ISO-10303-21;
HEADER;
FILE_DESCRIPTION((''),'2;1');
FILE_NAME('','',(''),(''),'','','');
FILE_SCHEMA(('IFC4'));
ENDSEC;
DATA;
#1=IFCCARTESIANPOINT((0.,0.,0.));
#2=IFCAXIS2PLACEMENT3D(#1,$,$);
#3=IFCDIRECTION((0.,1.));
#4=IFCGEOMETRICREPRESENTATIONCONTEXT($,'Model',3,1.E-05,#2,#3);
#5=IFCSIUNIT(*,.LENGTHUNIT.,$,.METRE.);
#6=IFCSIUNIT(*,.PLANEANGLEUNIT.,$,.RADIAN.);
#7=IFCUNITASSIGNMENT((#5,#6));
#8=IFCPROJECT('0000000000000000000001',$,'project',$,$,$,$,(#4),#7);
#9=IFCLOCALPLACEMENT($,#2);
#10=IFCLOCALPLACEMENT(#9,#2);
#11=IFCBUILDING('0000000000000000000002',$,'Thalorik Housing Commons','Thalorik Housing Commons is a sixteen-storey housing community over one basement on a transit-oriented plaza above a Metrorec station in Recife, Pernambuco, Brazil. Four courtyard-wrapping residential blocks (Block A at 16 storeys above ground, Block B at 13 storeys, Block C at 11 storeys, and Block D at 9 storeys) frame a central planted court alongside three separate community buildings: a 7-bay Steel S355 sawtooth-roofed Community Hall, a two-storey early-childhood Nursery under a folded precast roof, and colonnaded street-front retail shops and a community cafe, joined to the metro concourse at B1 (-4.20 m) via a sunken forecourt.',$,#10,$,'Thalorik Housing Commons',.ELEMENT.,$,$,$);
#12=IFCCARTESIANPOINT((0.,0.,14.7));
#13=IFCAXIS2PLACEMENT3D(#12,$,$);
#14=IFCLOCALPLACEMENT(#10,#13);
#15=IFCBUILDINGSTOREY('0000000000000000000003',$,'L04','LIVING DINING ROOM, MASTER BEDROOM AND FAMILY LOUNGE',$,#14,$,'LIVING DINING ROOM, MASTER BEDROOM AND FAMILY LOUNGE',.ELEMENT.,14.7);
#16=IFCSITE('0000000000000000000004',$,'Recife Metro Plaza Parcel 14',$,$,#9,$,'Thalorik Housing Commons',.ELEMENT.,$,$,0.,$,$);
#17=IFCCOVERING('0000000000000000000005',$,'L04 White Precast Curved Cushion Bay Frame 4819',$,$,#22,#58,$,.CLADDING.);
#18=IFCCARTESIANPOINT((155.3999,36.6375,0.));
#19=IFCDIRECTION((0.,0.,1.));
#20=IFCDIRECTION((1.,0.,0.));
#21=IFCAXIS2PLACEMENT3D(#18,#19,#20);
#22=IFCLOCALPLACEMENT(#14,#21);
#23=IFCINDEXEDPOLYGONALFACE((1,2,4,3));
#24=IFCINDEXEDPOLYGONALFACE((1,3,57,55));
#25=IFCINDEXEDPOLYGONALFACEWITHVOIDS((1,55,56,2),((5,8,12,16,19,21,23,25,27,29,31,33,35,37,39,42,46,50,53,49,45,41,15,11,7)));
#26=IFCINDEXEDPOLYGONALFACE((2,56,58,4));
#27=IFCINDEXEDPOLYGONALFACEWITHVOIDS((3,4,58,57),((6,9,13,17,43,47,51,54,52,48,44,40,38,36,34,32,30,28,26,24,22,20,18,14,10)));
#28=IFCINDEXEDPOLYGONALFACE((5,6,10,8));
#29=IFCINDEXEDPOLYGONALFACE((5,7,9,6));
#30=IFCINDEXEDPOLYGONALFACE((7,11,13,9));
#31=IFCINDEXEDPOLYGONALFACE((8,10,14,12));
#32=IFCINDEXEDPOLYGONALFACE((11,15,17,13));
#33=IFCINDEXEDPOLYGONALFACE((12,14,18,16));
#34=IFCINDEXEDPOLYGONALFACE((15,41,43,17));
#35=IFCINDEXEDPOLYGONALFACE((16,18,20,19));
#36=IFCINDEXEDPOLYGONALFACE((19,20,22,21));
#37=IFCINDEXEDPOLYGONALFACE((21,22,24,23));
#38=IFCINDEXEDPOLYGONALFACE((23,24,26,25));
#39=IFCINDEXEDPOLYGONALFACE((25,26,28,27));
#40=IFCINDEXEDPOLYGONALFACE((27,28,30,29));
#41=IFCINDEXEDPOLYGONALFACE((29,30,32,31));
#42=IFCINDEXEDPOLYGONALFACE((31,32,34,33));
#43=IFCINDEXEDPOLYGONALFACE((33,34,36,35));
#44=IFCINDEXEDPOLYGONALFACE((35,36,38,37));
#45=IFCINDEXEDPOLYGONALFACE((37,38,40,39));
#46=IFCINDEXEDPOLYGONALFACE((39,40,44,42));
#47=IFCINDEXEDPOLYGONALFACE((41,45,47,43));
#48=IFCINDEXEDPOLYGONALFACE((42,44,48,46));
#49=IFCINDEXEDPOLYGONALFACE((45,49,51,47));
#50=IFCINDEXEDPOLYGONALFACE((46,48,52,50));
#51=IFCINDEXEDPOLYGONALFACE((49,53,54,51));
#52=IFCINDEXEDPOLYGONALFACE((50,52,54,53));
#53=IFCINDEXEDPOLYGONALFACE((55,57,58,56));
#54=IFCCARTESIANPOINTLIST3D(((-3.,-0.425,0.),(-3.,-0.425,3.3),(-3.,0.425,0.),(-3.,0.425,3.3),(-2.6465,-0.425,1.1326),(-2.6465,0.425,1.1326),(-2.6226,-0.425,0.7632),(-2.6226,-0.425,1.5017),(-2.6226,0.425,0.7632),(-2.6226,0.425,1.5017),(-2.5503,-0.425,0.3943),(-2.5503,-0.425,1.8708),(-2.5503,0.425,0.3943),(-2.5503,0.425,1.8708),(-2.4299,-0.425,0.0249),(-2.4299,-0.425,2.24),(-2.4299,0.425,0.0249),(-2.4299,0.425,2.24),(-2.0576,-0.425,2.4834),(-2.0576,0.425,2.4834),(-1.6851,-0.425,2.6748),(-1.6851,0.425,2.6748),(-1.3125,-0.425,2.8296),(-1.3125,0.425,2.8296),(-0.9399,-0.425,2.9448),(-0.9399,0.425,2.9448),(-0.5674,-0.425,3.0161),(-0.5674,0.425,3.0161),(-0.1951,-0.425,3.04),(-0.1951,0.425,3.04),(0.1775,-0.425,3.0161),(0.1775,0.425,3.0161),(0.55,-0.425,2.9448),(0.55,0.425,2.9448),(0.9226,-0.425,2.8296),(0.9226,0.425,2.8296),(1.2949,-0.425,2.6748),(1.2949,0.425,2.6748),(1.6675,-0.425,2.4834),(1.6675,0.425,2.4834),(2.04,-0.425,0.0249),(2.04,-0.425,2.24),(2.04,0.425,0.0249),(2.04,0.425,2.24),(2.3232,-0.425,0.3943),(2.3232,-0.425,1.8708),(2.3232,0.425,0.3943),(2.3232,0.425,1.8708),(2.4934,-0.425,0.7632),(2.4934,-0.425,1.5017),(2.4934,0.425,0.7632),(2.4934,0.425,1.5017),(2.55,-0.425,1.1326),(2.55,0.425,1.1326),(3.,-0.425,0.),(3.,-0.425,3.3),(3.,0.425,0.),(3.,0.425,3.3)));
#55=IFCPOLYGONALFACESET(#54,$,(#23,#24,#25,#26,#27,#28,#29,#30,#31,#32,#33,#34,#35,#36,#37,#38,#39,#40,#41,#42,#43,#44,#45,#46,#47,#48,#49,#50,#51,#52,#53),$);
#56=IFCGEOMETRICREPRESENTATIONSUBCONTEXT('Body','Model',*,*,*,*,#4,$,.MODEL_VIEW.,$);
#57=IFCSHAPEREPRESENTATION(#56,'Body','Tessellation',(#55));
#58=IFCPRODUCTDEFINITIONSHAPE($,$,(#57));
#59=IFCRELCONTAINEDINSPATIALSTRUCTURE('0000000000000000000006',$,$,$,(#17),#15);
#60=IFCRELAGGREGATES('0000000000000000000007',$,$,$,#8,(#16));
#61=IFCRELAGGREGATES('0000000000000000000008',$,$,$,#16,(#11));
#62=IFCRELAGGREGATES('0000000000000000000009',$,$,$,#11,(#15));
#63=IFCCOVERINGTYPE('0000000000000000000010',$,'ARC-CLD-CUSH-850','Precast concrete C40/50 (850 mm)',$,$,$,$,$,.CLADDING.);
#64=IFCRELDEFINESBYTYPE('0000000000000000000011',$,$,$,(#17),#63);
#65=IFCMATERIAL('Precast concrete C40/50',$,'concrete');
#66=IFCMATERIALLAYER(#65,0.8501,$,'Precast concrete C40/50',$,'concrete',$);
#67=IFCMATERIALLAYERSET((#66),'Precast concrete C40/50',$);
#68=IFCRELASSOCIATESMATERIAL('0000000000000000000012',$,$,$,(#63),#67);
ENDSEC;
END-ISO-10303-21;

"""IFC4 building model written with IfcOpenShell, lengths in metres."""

from ifc_helpers import new_model, si_unit, direction, frame, origin, place, context, subcontext, project, spatial, polyline, outline, extrude, material, layer, layer_set, type_object, element, save


model = new_model("IFC4")

# Units and contexts
model_context = context("Model", 3, precision=1e-05, world=origin(), true_north=direction((0.0, 1.0)))
body_context = subcontext(model_context, "Body", "Model", "MODEL_VIEW")
ifc_project = project(units=[si_unit("LENGTHUNIT", "METRE"), si_unit("PLANEANGLEUNIT", "RADIAN")], contexts=[model_context])

# Site, building, storey
site_placement = place(None, origin())
site = spatial("IfcSite", under=ifc_project, at=site_placement, Name="Recife Metro Plaza Parcel 14", LongName="Thalorik Housing Commons", CompositionType="ELEMENT", RefElevation=0.0)
building_placement = place(site_placement, origin())
building = spatial("IfcBuilding", under=site, at=building_placement, Name="Thalorik Housing Commons", Description="Thalorik Housing Commons is a sixteen-storey housing community over one basement on a transit-oriented plaza above a Metrorec station in Recife, Pernambuco, Brazil. Four courtyard-wrapping residential blocks (Block A at 16 storeys above ground, Block B at 13 storeys, Block C at 11 storeys, and Block D at 9 storeys) frame a central planted court alongside three separate community buildings: a 7-bay Steel S355 sawtooth-roofed Community Hall, a two-storey early-childhood Nursery under a folded precast roof, and colonnaded street-front retail shops and a community cafe, joined to the metro concourse at B1 (-4.20 m) via a sunken forecourt.", LongName="Thalorik Housing Commons", CompositionType="ELEMENT")
storey_placement = place(building_placement, frame((0.0, 0.0, 14.7)))
storey = spatial("IfcBuildingStorey", under=building, at=storey_placement, Name="L04", Description="LIVING DINING ROOM, MASTER BEDROOM AND FAMILY LOUNGE", LongName="LIVING DINING ROOM, MASTER BEDROOM AND FAMILY LOUNGE", CompositionType="ELEMENT", Elevation=14.7)

# Shared definitions
ifc_material_1 = material(Name="Precast concrete C40/50", Category="concrete")

# Covering
ifc_layer_1 = layer(ifc_material_1, 0.8501, Name="Precast concrete C40/50", Category="concrete")
ifc_layer_set_1 = layer_set([ifc_layer_1], Name="Precast concrete C40/50")
covering_type_1 = type_object("IfcCoveringType", Name="ARC-CLD-CUSH-850", Description="Precast concrete C40/50 (850 mm)", PredefinedType="CLADDING", material=ifc_layer_set_1)
covering_1_placement = place(storey_placement, frame((155.3999, 36.6375, 0.0), z_axis=(0.0, 0.0, 1.0), x_axis=(1.0, 0.0, 0.0)))
element("IfcCovering", 1, at=covering_1_placement, inside=storey, type_object=covering_type_1, Name="L04 White Precast Curved Cushion Bay Frame 4819", PredefinedType="CLADDING", context=body_context, shape_type="SweptSolid", body=[
    extrude(outline(polyline([(-3.0, 0.0), (3.0, 0.0), (3.0, 3.3), (-3.0, 3.3), (-3.0, 0.0)]), holes=[polyline([(2.04, 0.0249), (2.3232, 0.3943), (2.4934, 0.7632), (2.55, 1.1326), (2.4934, 1.5017), (2.3232, 1.8708), (2.04, 2.24), (1.6675, 2.4834), (1.2949, 2.6748), (0.9226, 2.8296), (0.55, 2.9448), (0.1775, 3.0161), (-0.1951, 3.04), (-0.5674, 3.0161), (-0.9399, 2.9448), (-1.3125, 2.8296), (-1.6851, 2.6748), (-2.0576, 2.4834), (-2.4299, 2.24), (-2.5503, 1.8708), (-2.6226, 1.5017), (-2.6465, 1.1326), (-2.6226, 0.7632), (-2.5503, 0.3943), (-2.4299, 0.0249), (2.04, 0.0249)])]), frame((0.0, 0.425, 0.0), z_axis=(0.0, -1.0, 0.0), x_axis=(1.0, 0.0, 0.0)), (0.0, 0.0, 1.0), 0.8501),
])

save(model, "model.ifc")
